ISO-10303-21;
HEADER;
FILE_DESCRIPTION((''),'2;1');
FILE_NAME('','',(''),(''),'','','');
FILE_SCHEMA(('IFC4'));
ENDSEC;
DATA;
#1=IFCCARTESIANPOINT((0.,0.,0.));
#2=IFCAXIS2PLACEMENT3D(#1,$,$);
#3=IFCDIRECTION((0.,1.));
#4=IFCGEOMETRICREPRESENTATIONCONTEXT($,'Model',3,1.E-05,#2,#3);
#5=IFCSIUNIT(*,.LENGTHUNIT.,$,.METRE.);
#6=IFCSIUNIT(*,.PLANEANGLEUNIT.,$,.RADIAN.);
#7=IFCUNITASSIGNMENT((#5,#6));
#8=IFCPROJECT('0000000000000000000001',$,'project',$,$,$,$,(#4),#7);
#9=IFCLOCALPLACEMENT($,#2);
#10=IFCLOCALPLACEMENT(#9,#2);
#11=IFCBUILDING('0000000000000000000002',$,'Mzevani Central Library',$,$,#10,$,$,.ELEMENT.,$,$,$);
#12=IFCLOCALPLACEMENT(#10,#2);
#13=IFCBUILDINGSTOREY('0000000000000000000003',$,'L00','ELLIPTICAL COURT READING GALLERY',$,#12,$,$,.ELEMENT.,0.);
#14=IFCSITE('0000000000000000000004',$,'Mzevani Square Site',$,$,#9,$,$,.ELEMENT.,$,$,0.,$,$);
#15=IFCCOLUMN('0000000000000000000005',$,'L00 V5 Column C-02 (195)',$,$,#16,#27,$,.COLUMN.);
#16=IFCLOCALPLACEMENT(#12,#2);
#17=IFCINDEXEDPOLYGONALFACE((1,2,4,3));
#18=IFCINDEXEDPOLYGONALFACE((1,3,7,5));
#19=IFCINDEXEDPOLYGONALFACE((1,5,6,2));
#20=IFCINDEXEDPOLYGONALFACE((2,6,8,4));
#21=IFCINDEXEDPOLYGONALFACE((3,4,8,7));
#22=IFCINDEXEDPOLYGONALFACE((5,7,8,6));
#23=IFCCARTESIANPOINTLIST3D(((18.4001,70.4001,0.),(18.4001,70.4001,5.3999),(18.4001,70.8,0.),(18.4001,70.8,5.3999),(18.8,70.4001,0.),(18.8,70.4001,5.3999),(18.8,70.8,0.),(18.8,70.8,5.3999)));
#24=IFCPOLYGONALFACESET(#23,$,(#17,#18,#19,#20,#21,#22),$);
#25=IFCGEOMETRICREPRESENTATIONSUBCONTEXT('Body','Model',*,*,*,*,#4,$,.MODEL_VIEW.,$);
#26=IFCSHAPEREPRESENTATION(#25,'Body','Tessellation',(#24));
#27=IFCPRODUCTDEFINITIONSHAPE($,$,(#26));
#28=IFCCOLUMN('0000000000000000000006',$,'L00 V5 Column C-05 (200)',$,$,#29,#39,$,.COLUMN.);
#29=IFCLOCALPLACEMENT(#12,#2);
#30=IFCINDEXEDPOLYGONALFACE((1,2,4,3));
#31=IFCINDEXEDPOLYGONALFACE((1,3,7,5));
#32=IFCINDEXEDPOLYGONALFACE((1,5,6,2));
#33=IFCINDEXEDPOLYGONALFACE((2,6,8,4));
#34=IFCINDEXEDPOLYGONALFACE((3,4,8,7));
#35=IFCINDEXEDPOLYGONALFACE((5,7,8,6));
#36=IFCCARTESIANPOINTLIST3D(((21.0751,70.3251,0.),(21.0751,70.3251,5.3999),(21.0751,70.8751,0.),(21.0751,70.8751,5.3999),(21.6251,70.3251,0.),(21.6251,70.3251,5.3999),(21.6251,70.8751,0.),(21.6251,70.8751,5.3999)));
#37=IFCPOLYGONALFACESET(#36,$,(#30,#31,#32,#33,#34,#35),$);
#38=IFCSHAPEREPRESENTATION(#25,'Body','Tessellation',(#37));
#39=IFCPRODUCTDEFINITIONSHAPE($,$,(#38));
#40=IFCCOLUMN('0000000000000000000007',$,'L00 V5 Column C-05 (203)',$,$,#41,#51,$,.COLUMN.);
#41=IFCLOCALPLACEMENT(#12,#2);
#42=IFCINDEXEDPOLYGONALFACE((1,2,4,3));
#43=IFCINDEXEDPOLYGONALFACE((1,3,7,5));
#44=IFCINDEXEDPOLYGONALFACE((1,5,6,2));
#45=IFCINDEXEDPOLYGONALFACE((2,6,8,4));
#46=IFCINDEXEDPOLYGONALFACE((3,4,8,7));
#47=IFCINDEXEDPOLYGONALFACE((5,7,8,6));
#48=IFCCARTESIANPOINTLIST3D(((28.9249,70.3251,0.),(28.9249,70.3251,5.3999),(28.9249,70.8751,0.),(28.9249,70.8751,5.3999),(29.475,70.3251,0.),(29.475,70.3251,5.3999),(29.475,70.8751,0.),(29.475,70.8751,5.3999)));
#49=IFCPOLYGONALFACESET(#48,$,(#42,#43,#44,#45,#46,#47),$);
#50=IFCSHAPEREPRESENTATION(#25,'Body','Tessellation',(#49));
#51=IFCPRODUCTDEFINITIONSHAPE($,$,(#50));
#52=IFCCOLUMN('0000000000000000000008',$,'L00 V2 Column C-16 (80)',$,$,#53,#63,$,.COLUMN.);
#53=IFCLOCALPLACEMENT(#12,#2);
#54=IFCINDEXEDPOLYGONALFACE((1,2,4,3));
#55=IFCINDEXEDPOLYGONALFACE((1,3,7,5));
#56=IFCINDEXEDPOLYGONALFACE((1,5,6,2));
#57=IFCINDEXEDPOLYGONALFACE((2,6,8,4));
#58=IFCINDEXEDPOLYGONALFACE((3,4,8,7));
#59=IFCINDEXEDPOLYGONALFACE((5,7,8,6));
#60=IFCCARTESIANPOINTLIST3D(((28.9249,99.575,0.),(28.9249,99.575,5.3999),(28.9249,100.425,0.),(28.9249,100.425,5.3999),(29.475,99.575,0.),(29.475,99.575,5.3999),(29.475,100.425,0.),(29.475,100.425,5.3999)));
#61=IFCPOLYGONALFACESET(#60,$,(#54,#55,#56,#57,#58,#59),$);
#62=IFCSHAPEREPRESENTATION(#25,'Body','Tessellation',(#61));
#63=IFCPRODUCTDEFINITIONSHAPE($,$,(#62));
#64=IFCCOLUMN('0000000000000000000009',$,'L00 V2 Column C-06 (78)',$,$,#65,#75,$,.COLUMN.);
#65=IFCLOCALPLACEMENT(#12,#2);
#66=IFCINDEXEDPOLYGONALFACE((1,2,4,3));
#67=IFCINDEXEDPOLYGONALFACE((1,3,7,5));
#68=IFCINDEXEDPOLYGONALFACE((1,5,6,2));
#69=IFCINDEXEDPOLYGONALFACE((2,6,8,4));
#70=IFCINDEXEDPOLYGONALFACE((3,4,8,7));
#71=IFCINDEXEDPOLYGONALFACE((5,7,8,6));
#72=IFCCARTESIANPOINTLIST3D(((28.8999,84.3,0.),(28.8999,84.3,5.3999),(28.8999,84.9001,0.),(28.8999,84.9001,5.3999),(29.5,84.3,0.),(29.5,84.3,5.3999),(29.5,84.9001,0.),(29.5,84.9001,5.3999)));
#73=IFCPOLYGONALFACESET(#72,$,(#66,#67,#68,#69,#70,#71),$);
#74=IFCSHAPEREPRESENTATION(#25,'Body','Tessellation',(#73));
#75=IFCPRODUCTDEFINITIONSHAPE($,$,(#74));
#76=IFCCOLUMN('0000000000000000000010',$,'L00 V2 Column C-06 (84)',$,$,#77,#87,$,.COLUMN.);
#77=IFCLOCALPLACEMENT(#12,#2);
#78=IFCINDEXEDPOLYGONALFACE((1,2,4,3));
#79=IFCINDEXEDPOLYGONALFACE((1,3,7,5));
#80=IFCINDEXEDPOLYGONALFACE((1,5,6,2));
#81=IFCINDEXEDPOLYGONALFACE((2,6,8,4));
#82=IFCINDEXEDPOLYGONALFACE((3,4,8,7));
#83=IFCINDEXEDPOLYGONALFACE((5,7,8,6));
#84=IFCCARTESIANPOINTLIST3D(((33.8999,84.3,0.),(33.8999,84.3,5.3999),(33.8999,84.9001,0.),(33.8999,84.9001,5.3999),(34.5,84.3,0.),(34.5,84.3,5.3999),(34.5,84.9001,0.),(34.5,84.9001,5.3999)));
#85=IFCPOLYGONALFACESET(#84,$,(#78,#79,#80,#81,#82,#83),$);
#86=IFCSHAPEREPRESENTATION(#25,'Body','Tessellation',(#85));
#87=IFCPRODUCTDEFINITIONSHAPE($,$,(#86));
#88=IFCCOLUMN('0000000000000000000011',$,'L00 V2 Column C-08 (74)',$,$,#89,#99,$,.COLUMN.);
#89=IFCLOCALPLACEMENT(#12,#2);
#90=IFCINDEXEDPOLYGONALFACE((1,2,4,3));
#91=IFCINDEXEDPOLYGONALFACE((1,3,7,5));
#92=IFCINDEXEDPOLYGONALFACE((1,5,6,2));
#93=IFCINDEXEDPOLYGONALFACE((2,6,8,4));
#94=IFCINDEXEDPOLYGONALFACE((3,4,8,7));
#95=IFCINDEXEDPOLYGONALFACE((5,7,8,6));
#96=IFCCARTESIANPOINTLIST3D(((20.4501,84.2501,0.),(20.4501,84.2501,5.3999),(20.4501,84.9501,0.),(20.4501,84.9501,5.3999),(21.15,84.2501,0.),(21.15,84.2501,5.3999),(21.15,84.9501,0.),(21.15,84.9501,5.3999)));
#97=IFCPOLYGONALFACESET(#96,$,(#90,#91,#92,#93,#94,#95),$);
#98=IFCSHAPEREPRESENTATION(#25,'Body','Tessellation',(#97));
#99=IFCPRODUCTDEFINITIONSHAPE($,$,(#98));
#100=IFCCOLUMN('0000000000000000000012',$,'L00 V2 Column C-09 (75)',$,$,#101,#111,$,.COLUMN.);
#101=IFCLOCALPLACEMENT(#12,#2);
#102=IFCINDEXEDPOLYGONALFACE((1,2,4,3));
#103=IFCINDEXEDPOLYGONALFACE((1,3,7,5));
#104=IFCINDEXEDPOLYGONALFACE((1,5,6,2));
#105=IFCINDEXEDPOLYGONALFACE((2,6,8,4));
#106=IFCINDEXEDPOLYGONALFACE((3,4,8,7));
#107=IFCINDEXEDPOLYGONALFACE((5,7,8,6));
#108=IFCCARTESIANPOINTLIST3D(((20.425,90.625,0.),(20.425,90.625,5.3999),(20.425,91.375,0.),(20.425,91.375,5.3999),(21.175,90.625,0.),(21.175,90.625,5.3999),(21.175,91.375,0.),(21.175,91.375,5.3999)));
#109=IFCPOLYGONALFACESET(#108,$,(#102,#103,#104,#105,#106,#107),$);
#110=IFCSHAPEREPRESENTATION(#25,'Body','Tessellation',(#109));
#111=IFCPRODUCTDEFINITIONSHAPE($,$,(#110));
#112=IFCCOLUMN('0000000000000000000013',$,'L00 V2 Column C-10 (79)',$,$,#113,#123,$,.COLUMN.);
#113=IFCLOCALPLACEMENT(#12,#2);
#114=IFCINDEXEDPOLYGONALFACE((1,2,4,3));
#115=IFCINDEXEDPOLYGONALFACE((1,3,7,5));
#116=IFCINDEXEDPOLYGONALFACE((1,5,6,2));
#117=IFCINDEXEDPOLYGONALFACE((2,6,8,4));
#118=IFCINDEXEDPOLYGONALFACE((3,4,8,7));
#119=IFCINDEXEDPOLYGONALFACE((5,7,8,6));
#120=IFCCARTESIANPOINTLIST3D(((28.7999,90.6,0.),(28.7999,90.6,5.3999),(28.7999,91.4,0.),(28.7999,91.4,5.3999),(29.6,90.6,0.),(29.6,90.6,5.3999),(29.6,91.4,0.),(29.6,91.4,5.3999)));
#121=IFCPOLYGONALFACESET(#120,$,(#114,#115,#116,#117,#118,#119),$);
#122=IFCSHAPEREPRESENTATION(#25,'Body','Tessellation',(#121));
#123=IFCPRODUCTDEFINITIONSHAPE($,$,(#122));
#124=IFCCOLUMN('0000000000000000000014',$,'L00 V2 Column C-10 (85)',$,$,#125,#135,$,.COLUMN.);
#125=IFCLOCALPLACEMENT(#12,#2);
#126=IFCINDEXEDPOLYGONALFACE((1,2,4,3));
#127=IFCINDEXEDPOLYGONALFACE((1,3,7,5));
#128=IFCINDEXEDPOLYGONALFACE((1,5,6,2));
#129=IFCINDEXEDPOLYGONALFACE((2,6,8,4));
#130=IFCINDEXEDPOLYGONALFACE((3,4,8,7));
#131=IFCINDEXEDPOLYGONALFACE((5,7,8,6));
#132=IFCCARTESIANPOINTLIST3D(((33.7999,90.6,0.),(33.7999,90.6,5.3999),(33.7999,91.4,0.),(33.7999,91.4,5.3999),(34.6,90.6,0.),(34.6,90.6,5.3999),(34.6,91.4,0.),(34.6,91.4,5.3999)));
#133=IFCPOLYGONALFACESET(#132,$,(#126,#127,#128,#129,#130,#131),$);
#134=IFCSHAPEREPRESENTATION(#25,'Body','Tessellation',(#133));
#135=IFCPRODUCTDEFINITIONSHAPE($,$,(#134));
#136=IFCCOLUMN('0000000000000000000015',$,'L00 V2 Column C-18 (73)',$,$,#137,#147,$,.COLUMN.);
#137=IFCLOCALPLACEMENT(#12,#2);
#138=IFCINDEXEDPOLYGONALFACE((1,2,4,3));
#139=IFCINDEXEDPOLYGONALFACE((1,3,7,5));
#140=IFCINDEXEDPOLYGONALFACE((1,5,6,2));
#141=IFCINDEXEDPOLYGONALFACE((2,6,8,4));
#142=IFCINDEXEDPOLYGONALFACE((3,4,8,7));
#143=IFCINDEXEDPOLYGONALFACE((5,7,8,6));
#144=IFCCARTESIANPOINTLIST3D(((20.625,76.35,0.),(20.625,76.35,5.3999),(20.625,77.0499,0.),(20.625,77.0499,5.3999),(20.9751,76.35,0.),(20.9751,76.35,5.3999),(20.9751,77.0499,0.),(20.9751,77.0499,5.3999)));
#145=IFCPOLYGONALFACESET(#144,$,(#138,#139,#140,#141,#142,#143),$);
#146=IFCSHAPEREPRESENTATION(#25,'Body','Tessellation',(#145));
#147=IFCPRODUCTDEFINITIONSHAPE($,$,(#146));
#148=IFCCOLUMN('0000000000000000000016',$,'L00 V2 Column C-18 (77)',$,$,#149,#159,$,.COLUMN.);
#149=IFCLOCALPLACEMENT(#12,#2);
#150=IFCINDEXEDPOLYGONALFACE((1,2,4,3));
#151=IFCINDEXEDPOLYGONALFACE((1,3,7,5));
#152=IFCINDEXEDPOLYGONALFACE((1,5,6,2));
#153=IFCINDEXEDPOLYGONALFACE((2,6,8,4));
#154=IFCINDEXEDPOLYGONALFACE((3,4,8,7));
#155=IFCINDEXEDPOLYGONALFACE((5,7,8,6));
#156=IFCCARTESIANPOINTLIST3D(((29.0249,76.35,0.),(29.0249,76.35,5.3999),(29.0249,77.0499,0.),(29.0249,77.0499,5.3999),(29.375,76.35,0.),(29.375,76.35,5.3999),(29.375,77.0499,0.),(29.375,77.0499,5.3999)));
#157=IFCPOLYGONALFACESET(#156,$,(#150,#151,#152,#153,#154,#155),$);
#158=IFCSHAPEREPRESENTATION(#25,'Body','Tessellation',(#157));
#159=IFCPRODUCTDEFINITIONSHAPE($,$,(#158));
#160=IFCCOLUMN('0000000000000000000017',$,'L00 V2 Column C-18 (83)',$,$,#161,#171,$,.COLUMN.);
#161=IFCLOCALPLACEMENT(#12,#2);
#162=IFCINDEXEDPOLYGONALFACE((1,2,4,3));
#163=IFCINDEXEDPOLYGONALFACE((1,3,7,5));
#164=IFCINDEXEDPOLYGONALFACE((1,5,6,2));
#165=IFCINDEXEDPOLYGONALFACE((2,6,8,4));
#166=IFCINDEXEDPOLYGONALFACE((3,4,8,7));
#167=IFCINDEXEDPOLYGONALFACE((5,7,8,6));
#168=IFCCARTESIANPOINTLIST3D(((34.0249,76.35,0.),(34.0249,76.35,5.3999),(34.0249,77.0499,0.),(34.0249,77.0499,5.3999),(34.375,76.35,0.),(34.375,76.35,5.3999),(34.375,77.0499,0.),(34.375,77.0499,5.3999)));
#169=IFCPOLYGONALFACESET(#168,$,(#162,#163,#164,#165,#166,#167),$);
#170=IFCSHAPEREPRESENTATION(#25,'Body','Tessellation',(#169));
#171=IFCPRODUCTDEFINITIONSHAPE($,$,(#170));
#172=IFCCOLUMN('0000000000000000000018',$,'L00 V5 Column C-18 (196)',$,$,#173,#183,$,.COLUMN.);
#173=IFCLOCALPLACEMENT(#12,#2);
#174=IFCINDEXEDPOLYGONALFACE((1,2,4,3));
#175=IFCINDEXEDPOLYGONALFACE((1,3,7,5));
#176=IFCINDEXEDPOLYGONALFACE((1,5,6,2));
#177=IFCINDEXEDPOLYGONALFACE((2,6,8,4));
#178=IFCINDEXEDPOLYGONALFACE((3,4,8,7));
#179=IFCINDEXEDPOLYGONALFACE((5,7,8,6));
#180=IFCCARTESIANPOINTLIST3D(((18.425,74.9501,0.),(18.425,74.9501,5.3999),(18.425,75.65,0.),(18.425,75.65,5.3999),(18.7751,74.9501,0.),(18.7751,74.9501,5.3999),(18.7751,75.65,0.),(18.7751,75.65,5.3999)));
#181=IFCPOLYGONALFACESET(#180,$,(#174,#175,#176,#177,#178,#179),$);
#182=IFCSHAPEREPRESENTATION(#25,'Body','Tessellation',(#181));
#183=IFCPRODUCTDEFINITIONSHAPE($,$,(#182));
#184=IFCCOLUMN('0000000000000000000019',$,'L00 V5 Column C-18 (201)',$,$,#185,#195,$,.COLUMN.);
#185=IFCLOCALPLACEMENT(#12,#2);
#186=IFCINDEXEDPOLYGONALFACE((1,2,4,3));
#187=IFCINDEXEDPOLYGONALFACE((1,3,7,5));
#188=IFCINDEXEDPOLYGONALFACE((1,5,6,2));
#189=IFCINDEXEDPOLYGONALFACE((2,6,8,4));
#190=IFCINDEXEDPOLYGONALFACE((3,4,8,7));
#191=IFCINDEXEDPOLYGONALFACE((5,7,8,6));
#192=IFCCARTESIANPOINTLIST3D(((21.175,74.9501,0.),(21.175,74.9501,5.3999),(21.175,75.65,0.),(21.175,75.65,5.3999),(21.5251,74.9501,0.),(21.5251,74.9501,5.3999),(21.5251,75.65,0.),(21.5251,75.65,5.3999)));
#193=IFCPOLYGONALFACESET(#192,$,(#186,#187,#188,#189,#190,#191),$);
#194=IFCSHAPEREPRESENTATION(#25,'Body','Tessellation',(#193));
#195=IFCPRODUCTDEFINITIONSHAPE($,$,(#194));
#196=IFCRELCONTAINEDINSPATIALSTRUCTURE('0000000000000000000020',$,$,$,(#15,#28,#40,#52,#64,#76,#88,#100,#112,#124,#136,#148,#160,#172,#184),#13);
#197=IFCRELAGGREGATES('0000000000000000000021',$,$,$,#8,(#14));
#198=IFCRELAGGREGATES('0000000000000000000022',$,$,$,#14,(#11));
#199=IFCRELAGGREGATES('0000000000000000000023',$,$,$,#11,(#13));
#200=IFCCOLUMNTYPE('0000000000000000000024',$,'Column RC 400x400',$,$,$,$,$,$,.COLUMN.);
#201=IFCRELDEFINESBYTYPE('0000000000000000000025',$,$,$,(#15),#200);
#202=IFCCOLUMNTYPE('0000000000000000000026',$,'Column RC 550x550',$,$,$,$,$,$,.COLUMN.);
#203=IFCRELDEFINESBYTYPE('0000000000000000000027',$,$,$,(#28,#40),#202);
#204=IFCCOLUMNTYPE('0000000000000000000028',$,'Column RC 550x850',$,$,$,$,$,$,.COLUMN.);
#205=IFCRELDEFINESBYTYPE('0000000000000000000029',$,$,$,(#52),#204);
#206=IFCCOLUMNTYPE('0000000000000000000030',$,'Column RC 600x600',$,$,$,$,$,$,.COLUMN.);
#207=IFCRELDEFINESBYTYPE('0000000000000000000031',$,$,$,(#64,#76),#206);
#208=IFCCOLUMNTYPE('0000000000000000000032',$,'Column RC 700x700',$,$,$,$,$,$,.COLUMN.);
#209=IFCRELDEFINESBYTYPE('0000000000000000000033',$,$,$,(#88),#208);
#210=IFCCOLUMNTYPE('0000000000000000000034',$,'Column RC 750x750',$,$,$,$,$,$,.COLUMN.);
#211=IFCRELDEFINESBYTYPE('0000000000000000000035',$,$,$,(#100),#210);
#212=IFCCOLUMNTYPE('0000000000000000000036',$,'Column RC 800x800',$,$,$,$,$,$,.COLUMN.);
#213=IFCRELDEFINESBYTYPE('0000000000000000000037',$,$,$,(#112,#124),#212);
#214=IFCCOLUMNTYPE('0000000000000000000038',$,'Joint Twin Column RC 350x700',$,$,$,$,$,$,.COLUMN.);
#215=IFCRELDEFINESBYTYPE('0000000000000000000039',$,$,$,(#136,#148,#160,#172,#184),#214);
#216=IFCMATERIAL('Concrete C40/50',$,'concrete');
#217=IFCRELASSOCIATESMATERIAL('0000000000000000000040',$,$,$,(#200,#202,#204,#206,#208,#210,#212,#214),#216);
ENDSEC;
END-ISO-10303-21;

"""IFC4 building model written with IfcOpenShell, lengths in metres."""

from ifc_helpers import new_model, si_unit, direction, frame, origin, origin_2d, place, context, subcontext, project, spatial, rectangle, extrude, material, material_profile, profile_set, type_object, element, save


model = new_model("IFC4")

# Units and contexts
model_context = context("Model", 3, precision=1e-05, world=origin(), true_north=direction((0.0, 1.0)))
body_context = subcontext(model_context, "Body", "Model", "MODEL_VIEW")
ifc_project = project(units=[si_unit("LENGTHUNIT", "METRE"), si_unit("PLANEANGLEUNIT", "RADIAN")], contexts=[model_context])

# Site, building, storey
site_placement = place(None, origin())
site = spatial("IfcSite", under=ifc_project, at=site_placement, Name="Mzevani Square Site", CompositionType="ELEMENT", RefElevation=0.0)
building_placement = place(site_placement, origin())
building = spatial("IfcBuilding", under=site, at=building_placement, Name="Mzevani Central Library", CompositionType="ELEMENT")
storey_placement = place(building_placement, origin())
storey = spatial("IfcBuildingStorey", under=building, at=storey_placement, Name="L00", Description="ELLIPTICAL COURT READING GALLERY", CompositionType="ELEMENT", Elevation=0.0)

# Columns
ifc_material_1 = material(Name="Concrete C40/50", Category="concrete")
ifc_material_profile_1 = material_profile(ifc_material_1, rectangle(XDim=0.3999, YDim=0.3999, at=origin_2d()), Name="RC 400x400")
ifc_profile_set_1 = profile_set([ifc_material_profile_1], Name="Concrete C40/50")
column_type_1 = type_object("IfcColumnType", Name="Column RC 400x400", PredefinedType="COLUMN", material=ifc_profile_set_1)
column_1_placement = place(storey_placement, frame((18.6001, 70.6001, 0.0), z_axis=(0.0, 0.0, 1.0), x_axis=(1.0, 0.0, 0.0)))
element("IfcColumn", 1, at=column_1_placement, inside=storey, type_object=column_type_1, Name="L00 V5 Column C-02 (195)", PredefinedType="COLUMN", context=body_context, shape_type="SweptSolid", body=[
    extrude(rectangle(XDim=0.3999, YDim=0.3999, at=origin_2d()), origin(), (0.0, 0.0, 1.0), 5.3999),
])
ifc_material_profile_2 = material_profile(ifc_material_1, rectangle(XDim=0.55, YDim=0.55, at=origin_2d()), Name="RC 550x550")
ifc_profile_set_2 = profile_set([ifc_material_profile_2], Name="Concrete C40/50")
column_type_2 = type_object("IfcColumnType", Name="Column RC 550x550", PredefinedType="COLUMN", material=ifc_profile_set_2)
for number, where, z_axis, x_axis, name in (
    (2, (21.3501, 70.6001, 0.0), (0.0, 0.0, 1.0), (1.0, 0.0, 0.0), "L00 V5 Column C-05 (200)"),
    (3, (29.2, 70.6001, 0.0), (0.0, 0.0, 1.0), (1.0, 0.0, 0.0), "L00 V5 Column C-05 (203)"),
):
    element("IfcColumn", number, at=place(storey_placement, frame(where, z_axis=z_axis, x_axis=x_axis)), inside=storey, type_object=column_type_2, Name=name, PredefinedType="COLUMN", context=body_context, shape_type="SweptSolid", body=[
        extrude(rectangle(XDim=0.55, YDim=0.55, at=origin_2d()), origin(), (0.0, 0.0, 1.0), 5.3999),
    ])
ifc_material_profile_3 = material_profile(ifc_material_1, rectangle(XDim=0.55, YDim=0.8501, at=origin_2d()), Name="RC 550x850")
ifc_profile_set_3 = profile_set([ifc_material_profile_3], Name="Concrete C40/50")
column_type_3 = type_object("IfcColumnType", Name="Column RC 550x850", PredefinedType="COLUMN", material=ifc_profile_set_3)
column_2_placement = place(storey_placement, frame((29.2, 100.0, 0.0), z_axis=(0.0, 0.0, 1.0), x_axis=(1.0, 0.0, 0.0)))
element("IfcColumn", 4, at=column_2_placement, inside=storey, type_object=column_type_3, Name="L00 V2 Column C-16 (80)", PredefinedType="COLUMN", context=body_context, shape_type="SweptSolid", body=[
    extrude(rectangle(XDim=0.55, YDim=0.8501, at=origin_2d()), origin(), (0.0, 0.0, 1.0), 5.3999),
])
ifc_material_profile_4 = material_profile(ifc_material_1, rectangle(XDim=0.6001, YDim=0.6001, at=origin_2d()), Name="RC 600x600")
ifc_profile_set_4 = profile_set([ifc_material_profile_4], Name="Concrete C40/50")
column_type_4 = type_object("IfcColumnType", Name="Column RC 600x600", PredefinedType="COLUMN", material=ifc_profile_set_4)
for number, where, z_axis, x_axis, name in (
    (5, (29.2, 84.6001, 0.0), (0.0, 0.0, 1.0), (1.0, 0.0, 0.0), "L00 V2 Column C-06 (78)"),
    (6, (34.2, 84.6001, 0.0), (0.0, 0.0, 1.0), (1.0, 0.0, 0.0), "L00 V2 Column C-06 (84)"),
):
    element("IfcColumn", number, at=place(storey_placement, frame(where, z_axis=z_axis, x_axis=x_axis)), inside=storey, type_object=column_type_4, Name=name, PredefinedType="COLUMN", context=body_context, shape_type="SweptSolid", body=[
        extrude(rectangle(XDim=0.6001, YDim=0.6001, at=origin_2d()), origin(), (0.0, 0.0, 1.0), 5.3999),
    ])
ifc_material_profile_5 = material_profile(ifc_material_1, rectangle(XDim=0.7, YDim=0.7, at=origin_2d()), Name="RC 700x700")
ifc_profile_set_5 = profile_set([ifc_material_profile_5], Name="Concrete C40/50")
column_type_5 = type_object("IfcColumnType", Name="Column RC 700x700", PredefinedType="COLUMN", material=ifc_profile_set_5)
column_3_placement = place(storey_placement, frame((20.8, 84.6001, 0.0), z_axis=(0.0, 0.0, 1.0), x_axis=(1.0, 0.0, 0.0)))
element("IfcColumn", 7, at=column_3_placement, inside=storey, type_object=column_type_5, Name="L00 V2 Column C-08 (74)", PredefinedType="COLUMN", context=body_context, shape_type="SweptSolid", body=[
    extrude(rectangle(XDim=0.7, YDim=0.7, at=origin_2d()), origin(), (0.0, 0.0, 1.0), 5.3999),
])
ifc_material_profile_6 = material_profile(ifc_material_1, rectangle(XDim=0.75, YDim=0.75, at=origin_2d()), Name="RC 750x750")
ifc_profile_set_6 = profile_set([ifc_material_profile_6], Name="Concrete C40/50")
column_type_6 = type_object("IfcColumnType", Name="Column RC 750x750", PredefinedType="COLUMN", material=ifc_profile_set_6)
column_4_placement = place(storey_placement, frame((20.8, 91.0, 0.0), z_axis=(0.0, 0.0, 1.0), x_axis=(1.0, 0.0, 0.0)))
element("IfcColumn", 8, at=column_4_placement, inside=storey, type_object=column_type_6, Name="L00 V2 Column C-09 (75)", PredefinedType="COLUMN", context=body_context, shape_type="SweptSolid", body=[
    extrude(rectangle(XDim=0.75, YDim=0.75, at=origin_2d()), origin(), (0.0, 0.0, 1.0), 5.3999),
])
ifc_material_profile_7 = material_profile(ifc_material_1, rectangle(XDim=0.8, YDim=0.8, at=origin_2d()), Name="RC 800x800")
ifc_profile_set_7 = profile_set([ifc_material_profile_7], Name="Concrete C40/50")
column_type_7 = type_object("IfcColumnType", Name="Column RC 800x800", PredefinedType="COLUMN", material=ifc_profile_set_7)
for number, where, z_axis, x_axis, name in (
    (9, (29.2, 91.0, 0.0), (0.0, 0.0, 1.0), (1.0, 0.0, 0.0), "L00 V2 Column C-10 (79)"),
    (10, (34.2, 91.0, 0.0), (0.0, 0.0, 1.0), (1.0, 0.0, 0.0), "L00 V2 Column C-10 (85)"),
):
    element("IfcColumn", number, at=place(storey_placement, frame(where, z_axis=z_axis, x_axis=x_axis)), inside=storey, type_object=column_type_7, Name=name, PredefinedType="COLUMN", context=body_context, shape_type="SweptSolid", body=[
        extrude(rectangle(XDim=0.8, YDim=0.8, at=origin_2d()), origin(), (0.0, 0.0, 1.0), 5.3999),
    ])
ifc_material_profile_8 = material_profile(ifc_material_1, rectangle(XDim=0.3501, YDim=0.7, at=origin_2d()), Name="RC 350x700")
ifc_profile_set_8 = profile_set([ifc_material_profile_8], Name="Concrete C40/50")
column_type_8 = type_object("IfcColumnType", Name="Joint Twin Column RC 350x700", PredefinedType="COLUMN", material=ifc_profile_set_8)
for number, where, z_axis, x_axis, name in (
    (11, (20.8, 76.7, 0.0), (0.0, 0.0, 1.0), (1.0, 0.0, 0.0), "L00 V2 Column C-18 (73)"),
    (12, (29.2, 76.7, 0.0), (0.0, 0.0, 1.0), (1.0, 0.0, 0.0), "L00 V2 Column C-18 (77)"),
    (13, (34.2, 76.7, 0.0), (0.0, 0.0, 1.0), (1.0, 0.0, 0.0), "L00 V2 Column C-18 (83)"),
    (14, (18.6001, 75.3, 0.0), (0.0, 0.0, 1.0), (1.0, 0.0, 0.0), "L00 V5 Column C-18 (196)"),
    (15, (21.3501, 75.3, 0.0), (0.0, 0.0, 1.0), (1.0, 0.0, 0.0), "L00 V5 Column C-18 (201)"),
):
    element("IfcColumn", number, at=place(storey_placement, frame(where, z_axis=z_axis, x_axis=x_axis)), inside=storey, type_object=column_type_8, Name=name, PredefinedType="COLUMN", context=body_context, shape_type="SweptSolid", body=[
        extrude(rectangle(XDim=0.3501, YDim=0.7, at=origin_2d()), origin(), (0.0, 0.0, 1.0), 5.3999),
    ])

save(model, "model.ifc")
